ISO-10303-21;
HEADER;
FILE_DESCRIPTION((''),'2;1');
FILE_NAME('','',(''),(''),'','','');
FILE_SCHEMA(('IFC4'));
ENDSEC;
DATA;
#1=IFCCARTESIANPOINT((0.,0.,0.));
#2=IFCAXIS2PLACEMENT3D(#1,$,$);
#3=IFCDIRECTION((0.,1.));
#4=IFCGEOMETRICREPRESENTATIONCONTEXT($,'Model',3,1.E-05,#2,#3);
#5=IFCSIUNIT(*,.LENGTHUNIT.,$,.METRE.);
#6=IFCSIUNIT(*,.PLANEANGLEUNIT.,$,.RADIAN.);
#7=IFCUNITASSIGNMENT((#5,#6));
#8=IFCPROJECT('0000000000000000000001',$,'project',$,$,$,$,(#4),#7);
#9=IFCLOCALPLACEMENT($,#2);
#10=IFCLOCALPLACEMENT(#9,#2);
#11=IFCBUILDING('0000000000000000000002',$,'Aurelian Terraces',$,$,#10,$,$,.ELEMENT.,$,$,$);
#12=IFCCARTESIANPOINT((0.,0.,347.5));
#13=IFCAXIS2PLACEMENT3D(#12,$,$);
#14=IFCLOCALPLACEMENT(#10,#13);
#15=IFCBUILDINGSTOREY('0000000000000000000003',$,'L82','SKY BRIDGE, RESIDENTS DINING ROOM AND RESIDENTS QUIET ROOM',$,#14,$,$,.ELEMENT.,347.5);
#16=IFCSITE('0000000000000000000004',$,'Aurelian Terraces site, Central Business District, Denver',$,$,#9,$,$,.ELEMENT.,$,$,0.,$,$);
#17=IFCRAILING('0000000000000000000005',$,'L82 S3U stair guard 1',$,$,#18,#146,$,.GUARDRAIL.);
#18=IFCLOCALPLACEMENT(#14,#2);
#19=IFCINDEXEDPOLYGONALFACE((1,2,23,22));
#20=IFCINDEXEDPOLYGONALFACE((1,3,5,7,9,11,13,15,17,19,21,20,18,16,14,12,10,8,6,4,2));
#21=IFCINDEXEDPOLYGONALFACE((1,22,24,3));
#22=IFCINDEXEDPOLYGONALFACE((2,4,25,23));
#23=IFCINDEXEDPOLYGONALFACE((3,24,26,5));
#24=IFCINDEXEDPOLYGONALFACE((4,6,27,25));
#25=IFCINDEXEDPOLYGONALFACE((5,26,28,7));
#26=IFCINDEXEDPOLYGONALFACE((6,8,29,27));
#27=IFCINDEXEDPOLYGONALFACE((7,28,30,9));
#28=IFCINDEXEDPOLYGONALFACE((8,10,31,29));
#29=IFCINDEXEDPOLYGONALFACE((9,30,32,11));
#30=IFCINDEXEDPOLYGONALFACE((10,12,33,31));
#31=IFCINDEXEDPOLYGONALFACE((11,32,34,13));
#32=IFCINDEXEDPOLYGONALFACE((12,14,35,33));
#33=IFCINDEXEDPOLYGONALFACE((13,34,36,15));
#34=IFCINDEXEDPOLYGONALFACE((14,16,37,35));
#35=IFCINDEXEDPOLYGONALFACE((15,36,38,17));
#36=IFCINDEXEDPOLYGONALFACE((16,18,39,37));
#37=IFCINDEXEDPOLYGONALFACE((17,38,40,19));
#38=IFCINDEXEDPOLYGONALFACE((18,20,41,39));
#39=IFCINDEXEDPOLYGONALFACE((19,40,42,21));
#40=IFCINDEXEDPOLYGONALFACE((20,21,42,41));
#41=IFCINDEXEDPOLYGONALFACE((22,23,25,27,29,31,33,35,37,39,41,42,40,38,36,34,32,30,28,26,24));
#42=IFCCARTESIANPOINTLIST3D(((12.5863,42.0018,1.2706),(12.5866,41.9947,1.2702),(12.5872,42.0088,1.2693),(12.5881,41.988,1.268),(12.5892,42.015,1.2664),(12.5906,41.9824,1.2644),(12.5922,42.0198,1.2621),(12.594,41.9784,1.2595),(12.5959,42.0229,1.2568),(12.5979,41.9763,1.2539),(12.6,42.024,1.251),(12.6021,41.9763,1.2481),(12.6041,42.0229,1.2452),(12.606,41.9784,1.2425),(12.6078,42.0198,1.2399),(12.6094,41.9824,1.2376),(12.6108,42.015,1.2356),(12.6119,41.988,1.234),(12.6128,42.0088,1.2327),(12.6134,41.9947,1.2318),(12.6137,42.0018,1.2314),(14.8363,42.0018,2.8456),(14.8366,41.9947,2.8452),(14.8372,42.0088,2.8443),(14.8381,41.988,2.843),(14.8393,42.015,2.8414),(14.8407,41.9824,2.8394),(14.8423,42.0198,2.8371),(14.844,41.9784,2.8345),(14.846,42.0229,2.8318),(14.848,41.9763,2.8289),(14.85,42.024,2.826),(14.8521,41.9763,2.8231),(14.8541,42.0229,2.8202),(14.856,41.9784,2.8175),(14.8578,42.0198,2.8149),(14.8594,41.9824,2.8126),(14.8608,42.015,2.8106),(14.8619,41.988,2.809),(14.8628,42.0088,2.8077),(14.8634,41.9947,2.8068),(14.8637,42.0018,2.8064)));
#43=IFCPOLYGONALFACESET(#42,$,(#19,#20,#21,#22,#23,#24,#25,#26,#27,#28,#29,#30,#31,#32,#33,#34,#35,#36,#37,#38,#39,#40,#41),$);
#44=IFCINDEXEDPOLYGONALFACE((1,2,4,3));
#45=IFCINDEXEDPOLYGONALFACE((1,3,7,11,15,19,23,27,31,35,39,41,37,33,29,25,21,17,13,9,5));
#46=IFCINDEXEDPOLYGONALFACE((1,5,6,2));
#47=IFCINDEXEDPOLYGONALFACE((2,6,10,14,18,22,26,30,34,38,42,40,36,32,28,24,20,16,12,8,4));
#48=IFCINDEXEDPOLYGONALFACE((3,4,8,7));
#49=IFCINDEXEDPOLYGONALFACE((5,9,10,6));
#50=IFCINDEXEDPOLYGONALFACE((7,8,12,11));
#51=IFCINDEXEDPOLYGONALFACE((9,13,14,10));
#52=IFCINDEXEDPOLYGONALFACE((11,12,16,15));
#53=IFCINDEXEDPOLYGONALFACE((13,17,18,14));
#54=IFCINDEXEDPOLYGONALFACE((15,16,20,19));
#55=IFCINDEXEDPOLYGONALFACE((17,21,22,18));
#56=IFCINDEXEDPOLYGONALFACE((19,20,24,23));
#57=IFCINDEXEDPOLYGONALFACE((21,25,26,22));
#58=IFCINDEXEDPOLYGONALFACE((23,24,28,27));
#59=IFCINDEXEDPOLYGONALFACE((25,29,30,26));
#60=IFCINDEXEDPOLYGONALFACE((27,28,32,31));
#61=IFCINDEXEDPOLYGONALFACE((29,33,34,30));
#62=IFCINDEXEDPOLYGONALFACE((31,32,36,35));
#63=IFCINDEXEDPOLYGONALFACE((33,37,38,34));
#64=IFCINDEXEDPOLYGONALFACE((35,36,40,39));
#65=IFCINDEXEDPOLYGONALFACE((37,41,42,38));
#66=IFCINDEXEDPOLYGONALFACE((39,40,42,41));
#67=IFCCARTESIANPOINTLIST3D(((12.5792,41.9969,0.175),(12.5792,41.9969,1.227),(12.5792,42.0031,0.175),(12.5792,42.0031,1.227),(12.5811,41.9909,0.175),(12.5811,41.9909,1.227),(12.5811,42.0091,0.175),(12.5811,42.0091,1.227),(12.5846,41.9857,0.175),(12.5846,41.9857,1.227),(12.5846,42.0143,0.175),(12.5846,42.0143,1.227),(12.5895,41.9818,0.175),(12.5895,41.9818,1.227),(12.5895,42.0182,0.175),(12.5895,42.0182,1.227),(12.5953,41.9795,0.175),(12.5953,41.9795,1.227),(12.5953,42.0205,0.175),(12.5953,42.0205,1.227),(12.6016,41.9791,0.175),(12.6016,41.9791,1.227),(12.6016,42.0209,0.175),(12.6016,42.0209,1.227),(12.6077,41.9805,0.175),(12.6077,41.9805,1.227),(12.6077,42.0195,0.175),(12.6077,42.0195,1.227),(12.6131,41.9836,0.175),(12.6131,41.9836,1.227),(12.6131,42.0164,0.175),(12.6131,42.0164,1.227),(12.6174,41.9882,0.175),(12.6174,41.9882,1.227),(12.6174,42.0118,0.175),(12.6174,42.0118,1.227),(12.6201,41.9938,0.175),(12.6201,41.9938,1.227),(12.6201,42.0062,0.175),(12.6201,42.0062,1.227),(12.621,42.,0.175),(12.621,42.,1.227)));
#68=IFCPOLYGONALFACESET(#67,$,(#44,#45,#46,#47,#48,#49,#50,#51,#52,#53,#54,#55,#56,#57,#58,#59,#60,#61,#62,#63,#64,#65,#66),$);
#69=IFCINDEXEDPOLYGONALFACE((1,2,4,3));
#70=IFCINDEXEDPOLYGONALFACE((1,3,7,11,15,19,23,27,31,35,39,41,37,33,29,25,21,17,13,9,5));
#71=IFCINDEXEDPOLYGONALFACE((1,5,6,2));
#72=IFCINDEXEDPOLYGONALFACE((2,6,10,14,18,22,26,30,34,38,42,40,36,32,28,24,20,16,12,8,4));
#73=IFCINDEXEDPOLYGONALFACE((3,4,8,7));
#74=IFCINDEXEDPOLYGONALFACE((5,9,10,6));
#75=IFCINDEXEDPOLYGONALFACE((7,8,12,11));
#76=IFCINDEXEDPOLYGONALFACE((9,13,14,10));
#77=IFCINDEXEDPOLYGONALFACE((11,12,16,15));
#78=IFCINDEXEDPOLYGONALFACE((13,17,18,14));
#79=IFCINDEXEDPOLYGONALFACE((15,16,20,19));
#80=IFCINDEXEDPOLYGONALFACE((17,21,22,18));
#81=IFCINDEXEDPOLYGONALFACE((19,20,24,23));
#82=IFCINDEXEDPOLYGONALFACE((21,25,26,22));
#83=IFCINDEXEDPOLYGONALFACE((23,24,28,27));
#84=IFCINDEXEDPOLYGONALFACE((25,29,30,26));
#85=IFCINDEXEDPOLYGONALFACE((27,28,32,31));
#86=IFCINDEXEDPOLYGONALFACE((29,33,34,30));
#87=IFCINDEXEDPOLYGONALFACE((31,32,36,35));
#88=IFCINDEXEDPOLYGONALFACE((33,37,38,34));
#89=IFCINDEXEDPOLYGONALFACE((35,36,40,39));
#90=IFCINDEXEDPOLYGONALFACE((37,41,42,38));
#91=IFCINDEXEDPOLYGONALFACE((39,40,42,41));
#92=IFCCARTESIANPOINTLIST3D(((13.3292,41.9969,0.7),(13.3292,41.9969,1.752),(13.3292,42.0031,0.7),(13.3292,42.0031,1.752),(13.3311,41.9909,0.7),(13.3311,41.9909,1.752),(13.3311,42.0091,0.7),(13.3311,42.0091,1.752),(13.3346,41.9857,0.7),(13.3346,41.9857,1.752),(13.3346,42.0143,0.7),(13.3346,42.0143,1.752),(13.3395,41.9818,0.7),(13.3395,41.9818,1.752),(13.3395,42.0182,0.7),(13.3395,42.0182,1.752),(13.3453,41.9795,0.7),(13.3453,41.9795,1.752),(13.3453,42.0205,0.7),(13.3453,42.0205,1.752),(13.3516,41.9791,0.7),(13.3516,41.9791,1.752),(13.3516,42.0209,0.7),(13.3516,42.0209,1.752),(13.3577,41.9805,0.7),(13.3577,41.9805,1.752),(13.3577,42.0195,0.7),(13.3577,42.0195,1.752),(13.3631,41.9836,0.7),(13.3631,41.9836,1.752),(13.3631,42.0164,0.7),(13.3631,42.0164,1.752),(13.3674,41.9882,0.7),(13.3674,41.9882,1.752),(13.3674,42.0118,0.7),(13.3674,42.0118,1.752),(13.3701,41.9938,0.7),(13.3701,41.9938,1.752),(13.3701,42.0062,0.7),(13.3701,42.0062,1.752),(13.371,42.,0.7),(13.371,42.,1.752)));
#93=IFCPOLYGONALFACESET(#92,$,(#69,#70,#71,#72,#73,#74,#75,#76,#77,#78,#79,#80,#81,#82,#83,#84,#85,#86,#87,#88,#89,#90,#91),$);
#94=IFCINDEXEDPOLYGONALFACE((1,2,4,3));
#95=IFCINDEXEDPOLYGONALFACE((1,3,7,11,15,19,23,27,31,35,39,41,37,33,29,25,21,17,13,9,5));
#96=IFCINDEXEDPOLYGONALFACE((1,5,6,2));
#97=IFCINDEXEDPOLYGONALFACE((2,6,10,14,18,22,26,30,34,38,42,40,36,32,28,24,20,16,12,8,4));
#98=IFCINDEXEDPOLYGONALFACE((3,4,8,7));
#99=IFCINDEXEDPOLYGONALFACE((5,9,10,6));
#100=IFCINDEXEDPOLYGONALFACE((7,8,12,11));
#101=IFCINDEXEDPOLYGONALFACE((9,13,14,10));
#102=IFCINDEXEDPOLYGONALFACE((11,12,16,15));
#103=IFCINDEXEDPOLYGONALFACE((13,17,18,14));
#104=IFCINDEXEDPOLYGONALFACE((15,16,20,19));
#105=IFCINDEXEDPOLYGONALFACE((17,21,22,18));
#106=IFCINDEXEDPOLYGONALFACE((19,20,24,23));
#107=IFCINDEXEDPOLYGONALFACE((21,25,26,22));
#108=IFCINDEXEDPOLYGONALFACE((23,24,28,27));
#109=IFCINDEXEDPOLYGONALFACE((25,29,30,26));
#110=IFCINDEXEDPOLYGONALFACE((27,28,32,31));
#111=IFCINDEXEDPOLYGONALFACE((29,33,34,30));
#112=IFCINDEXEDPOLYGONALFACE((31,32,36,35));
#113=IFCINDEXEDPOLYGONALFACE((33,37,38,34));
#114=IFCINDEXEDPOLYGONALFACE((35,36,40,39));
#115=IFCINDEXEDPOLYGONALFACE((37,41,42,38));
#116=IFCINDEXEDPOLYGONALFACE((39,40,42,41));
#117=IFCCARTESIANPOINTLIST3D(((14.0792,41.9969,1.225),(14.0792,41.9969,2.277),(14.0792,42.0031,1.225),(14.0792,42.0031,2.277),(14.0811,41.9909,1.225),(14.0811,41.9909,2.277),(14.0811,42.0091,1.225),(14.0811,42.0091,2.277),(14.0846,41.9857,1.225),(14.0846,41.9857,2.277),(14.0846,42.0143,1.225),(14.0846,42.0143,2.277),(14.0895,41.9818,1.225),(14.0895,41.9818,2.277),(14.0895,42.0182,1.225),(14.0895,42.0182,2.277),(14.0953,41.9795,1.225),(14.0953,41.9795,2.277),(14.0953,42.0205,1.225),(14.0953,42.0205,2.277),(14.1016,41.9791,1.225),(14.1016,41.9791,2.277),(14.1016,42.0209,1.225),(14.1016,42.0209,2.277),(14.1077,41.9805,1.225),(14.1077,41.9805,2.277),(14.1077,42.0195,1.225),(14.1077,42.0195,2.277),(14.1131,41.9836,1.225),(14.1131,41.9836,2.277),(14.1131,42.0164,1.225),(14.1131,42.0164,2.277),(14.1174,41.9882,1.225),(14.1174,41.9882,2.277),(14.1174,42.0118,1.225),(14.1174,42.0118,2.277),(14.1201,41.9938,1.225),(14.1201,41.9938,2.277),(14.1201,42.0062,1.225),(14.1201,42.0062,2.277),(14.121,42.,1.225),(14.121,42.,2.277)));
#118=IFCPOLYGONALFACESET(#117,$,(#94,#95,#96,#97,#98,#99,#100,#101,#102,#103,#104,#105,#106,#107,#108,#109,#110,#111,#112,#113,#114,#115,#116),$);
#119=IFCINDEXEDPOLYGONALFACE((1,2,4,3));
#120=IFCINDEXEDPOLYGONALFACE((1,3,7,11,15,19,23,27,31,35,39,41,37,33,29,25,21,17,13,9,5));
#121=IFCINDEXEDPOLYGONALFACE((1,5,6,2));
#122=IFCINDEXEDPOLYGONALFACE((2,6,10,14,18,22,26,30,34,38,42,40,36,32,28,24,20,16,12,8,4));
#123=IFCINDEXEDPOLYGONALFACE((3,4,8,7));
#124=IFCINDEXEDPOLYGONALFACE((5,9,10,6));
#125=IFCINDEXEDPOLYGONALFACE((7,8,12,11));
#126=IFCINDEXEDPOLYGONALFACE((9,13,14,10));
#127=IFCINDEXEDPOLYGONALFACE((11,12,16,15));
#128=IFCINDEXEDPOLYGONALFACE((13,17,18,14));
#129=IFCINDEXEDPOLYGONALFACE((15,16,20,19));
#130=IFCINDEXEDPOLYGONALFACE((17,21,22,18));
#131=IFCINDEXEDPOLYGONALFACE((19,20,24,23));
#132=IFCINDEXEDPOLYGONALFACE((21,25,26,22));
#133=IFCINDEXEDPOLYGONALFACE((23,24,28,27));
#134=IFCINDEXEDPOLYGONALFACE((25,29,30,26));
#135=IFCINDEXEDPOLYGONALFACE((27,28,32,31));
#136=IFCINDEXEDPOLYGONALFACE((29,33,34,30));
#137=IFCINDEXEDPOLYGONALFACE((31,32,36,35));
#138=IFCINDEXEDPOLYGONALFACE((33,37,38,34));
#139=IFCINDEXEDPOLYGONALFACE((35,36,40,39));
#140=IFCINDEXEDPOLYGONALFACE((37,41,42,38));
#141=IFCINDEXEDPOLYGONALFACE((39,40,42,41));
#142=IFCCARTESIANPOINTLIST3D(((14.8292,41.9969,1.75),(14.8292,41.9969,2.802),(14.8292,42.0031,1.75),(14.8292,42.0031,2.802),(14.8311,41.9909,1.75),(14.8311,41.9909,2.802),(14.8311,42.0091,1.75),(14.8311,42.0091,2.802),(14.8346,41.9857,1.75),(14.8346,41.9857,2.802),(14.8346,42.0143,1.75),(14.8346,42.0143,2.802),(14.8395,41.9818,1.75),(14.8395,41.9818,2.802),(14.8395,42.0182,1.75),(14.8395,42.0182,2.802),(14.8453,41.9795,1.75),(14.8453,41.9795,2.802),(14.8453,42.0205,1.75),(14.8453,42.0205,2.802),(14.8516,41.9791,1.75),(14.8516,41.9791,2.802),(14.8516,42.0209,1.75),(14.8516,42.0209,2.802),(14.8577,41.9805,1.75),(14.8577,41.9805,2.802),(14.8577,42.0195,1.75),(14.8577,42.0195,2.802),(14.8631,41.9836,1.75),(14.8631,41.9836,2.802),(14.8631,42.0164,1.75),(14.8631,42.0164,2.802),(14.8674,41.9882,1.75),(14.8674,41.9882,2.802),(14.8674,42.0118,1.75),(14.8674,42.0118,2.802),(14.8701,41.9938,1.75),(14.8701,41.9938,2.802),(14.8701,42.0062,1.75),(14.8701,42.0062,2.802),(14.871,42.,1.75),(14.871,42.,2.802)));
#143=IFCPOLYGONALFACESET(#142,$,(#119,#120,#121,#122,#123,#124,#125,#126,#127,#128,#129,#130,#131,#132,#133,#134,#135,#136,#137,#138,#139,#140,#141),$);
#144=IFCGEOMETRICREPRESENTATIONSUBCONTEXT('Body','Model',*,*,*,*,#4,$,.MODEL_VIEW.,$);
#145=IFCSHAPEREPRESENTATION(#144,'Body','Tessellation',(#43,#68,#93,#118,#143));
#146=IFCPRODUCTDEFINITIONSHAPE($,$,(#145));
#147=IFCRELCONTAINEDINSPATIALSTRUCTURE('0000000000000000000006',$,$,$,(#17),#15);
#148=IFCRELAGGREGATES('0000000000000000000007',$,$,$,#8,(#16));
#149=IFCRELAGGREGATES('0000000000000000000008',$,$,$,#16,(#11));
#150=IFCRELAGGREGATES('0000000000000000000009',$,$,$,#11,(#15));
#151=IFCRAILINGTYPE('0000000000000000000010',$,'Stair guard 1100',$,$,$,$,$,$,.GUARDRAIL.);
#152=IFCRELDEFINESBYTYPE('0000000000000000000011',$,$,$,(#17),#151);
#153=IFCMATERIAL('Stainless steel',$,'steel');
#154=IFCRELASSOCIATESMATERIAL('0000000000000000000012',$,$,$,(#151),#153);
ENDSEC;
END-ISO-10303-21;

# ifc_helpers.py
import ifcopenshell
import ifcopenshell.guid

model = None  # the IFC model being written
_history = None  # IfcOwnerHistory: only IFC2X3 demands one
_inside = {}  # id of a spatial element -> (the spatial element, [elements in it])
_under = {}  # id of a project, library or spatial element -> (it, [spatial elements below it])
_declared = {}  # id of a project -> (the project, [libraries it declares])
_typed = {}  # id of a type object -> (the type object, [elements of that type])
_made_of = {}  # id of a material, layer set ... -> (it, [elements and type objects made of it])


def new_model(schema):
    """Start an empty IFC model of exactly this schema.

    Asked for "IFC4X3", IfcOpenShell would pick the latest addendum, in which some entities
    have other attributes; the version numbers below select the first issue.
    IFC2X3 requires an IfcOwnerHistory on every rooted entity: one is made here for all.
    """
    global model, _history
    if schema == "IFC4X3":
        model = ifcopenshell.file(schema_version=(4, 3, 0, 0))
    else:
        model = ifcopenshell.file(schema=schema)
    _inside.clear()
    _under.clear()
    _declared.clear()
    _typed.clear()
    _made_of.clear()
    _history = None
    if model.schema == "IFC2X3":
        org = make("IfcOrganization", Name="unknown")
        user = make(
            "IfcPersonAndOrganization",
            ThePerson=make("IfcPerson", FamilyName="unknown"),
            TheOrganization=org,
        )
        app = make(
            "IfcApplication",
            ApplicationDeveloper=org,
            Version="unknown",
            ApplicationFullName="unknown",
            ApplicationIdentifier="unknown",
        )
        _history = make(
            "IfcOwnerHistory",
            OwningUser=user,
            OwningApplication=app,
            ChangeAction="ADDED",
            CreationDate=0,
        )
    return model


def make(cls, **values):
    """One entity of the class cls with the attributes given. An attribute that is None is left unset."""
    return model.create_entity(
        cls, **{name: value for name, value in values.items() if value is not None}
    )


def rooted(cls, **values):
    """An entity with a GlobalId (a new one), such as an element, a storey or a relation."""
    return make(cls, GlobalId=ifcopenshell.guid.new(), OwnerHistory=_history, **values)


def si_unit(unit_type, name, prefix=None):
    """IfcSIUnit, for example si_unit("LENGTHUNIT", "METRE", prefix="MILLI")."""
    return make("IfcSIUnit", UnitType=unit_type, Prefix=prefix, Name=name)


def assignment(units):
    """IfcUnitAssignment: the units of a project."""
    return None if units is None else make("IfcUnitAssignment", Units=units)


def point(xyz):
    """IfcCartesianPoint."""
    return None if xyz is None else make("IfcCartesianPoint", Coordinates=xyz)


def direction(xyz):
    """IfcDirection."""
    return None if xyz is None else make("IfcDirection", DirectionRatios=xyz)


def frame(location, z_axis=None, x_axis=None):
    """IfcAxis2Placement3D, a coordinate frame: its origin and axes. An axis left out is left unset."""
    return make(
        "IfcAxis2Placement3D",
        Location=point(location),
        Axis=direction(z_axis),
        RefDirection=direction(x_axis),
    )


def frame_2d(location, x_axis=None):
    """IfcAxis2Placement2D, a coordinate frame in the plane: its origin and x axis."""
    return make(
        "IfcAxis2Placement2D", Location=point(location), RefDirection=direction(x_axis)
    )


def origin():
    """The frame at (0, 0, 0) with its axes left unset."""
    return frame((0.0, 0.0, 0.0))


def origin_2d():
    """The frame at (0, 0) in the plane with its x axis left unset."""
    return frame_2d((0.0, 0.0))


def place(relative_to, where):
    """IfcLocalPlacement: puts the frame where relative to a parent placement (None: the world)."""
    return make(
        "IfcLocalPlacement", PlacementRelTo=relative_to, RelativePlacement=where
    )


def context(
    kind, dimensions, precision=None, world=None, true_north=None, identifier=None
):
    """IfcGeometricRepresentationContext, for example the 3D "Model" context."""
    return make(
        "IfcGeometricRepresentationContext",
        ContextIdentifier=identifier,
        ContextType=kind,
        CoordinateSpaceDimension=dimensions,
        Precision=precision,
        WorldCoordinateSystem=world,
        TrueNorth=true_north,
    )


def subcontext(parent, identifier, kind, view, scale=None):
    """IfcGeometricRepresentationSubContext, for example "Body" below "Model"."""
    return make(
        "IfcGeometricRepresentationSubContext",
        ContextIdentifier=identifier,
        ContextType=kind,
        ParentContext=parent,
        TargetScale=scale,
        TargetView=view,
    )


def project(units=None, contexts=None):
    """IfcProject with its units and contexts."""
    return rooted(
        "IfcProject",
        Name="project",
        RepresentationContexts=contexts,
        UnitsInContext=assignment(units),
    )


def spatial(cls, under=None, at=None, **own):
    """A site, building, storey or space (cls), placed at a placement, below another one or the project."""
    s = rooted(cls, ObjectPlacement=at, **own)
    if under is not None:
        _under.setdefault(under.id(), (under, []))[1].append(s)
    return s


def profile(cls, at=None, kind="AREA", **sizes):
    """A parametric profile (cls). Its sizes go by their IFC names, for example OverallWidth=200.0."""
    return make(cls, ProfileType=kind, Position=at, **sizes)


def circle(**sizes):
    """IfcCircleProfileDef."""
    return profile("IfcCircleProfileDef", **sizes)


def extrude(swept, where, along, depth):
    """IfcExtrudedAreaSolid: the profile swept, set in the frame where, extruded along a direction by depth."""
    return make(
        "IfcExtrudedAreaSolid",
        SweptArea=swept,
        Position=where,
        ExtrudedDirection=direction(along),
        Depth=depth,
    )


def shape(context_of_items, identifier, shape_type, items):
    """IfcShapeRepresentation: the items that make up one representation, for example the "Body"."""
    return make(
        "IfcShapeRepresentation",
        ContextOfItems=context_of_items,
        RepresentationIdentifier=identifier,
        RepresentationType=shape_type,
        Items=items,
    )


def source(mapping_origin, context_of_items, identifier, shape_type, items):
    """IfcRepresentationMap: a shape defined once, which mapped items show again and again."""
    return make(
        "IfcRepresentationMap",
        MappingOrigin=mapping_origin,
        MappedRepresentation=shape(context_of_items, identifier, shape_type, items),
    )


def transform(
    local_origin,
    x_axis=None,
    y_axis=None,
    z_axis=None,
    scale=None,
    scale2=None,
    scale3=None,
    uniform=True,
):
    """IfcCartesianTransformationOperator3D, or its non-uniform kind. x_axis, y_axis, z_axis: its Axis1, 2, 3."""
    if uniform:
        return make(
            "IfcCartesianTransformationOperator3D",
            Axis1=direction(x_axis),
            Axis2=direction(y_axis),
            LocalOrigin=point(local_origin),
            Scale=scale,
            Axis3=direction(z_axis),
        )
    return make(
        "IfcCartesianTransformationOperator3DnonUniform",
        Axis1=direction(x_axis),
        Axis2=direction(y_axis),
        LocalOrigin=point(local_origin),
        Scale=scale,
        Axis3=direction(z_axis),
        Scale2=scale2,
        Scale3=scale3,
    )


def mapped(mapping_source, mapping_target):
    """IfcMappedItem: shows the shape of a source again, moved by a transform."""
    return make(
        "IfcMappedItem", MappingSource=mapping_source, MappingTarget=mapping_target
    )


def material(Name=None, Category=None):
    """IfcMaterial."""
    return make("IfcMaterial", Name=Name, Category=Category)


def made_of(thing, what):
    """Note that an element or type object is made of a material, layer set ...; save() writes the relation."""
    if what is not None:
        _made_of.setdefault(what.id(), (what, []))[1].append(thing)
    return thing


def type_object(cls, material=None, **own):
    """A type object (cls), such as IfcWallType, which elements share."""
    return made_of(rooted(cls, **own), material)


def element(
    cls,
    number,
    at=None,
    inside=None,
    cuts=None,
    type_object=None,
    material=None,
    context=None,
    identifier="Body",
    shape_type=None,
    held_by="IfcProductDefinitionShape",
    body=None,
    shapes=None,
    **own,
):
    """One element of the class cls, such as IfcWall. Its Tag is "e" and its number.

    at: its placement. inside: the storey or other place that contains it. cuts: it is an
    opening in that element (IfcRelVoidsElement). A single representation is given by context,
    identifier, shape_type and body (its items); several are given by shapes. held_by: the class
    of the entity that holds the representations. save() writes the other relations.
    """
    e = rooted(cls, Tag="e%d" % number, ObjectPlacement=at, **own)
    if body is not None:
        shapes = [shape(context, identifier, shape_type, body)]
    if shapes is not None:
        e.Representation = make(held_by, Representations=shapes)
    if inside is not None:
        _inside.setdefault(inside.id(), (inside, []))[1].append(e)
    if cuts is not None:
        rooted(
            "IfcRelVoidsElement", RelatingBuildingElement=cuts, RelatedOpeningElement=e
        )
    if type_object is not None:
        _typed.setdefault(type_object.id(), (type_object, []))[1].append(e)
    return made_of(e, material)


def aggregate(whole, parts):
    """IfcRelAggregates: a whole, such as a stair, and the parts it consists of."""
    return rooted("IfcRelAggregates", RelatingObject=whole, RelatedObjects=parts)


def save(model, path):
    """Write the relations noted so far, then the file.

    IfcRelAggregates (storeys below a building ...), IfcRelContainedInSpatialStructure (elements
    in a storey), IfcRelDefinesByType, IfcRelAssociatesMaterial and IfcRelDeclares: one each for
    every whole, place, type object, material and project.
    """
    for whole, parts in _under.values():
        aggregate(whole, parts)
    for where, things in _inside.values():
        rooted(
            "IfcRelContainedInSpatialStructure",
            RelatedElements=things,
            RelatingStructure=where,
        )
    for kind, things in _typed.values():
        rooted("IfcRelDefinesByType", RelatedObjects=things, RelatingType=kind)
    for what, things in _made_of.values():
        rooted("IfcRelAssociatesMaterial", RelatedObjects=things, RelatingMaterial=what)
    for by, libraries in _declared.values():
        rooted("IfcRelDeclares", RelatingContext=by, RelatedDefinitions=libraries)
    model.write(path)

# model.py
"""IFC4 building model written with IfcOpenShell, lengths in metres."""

from ifc_helpers import new_model, si_unit, direction, frame, origin, origin_2d, place, context, subcontext, project, spatial, circle, extrude, source, transform, mapped, material, type_object, element, save


model = new_model("IFC4")

# Units and contexts
model_context = context("Model", 3, precision=1e-05, world=origin(), true_north=direction((0.0, 1.0)))
body_context = subcontext(model_context, "Body", "Model", "MODEL_VIEW")
ifc_project = project(units=[si_unit("LENGTHUNIT", "METRE"), si_unit("PLANEANGLEUNIT", "RADIAN")], contexts=[model_context])

# Site, building, storey
site_placement = place(None, origin())
site = spatial("IfcSite", under=ifc_project, at=site_placement, Name="Aurelian Terraces site, Central Business District, Denver", CompositionType="ELEMENT", RefElevation=0.0)
building_placement = place(site_placement, origin())
building = spatial("IfcBuilding", under=site, at=building_placement, Name="Aurelian Terraces", CompositionType="ELEMENT")
storey_placement = place(building_placement, frame((0.0, 0.0, 347.5)))
storey = spatial("IfcBuildingStorey", under=building, at=storey_placement, Name="L82", Description="SKY BRIDGE, RESIDENTS DINING ROOM AND RESIDENTS QUIET ROOM", CompositionType="ELEMENT", Elevation=347.5)

# Railing
ifc_material_1 = material(Name="Stainless steel", Category="steel")
railing_type_1 = type_object("IfcRailingType", Name="Stair guard 1100", PredefinedType="GUARDRAIL", material=ifc_material_1)
shared_shape_1 = source(origin(), body_context, "Body", "SweptSolid", [
    extrude(circle(Radius=0.024, at=origin_2d()), frame((0.0, 0.0, 1.076), z_axis=(0.819232, 0.0, 0.573462), x_axis=(0.0, 1.0, 0.0)), (0.0, 0.0, 1.0), 2.7465),
    extrude(circle(Radius=0.021, at=origin_2d()), origin(), (0.0, 0.0, 1.0), 1.052),
    extrude(circle(Radius=0.021, at=origin_2d()), frame((0.75, 0.0, 0.525)), (0.0, 0.0, 1.0), 1.052),
    extrude(circle(Radius=0.021, at=origin_2d()), frame((1.5, 0.0, 1.05)), (0.0, 0.0, 1.0), 1.052),
    extrude(circle(Radius=0.021, at=origin_2d()), frame((2.25, 0.0, 1.575)), (0.0, 0.0, 1.0), 1.052),
])
railing_1_placement = place(storey_placement, frame((12.6, 42.0, 0.175)))
element("IfcRailing", 1, at=railing_1_placement, inside=storey, type_object=railing_type_1, Name="L82 S3U stair guard 1", PredefinedType="GUARDRAIL", context=body_context, shape_type="MappedRepresentation", body=[
    mapped(shared_shape_1, transform((0.0, 0.0, 0.0), scale=1.0)),
])

save(model, "model.ifc")
